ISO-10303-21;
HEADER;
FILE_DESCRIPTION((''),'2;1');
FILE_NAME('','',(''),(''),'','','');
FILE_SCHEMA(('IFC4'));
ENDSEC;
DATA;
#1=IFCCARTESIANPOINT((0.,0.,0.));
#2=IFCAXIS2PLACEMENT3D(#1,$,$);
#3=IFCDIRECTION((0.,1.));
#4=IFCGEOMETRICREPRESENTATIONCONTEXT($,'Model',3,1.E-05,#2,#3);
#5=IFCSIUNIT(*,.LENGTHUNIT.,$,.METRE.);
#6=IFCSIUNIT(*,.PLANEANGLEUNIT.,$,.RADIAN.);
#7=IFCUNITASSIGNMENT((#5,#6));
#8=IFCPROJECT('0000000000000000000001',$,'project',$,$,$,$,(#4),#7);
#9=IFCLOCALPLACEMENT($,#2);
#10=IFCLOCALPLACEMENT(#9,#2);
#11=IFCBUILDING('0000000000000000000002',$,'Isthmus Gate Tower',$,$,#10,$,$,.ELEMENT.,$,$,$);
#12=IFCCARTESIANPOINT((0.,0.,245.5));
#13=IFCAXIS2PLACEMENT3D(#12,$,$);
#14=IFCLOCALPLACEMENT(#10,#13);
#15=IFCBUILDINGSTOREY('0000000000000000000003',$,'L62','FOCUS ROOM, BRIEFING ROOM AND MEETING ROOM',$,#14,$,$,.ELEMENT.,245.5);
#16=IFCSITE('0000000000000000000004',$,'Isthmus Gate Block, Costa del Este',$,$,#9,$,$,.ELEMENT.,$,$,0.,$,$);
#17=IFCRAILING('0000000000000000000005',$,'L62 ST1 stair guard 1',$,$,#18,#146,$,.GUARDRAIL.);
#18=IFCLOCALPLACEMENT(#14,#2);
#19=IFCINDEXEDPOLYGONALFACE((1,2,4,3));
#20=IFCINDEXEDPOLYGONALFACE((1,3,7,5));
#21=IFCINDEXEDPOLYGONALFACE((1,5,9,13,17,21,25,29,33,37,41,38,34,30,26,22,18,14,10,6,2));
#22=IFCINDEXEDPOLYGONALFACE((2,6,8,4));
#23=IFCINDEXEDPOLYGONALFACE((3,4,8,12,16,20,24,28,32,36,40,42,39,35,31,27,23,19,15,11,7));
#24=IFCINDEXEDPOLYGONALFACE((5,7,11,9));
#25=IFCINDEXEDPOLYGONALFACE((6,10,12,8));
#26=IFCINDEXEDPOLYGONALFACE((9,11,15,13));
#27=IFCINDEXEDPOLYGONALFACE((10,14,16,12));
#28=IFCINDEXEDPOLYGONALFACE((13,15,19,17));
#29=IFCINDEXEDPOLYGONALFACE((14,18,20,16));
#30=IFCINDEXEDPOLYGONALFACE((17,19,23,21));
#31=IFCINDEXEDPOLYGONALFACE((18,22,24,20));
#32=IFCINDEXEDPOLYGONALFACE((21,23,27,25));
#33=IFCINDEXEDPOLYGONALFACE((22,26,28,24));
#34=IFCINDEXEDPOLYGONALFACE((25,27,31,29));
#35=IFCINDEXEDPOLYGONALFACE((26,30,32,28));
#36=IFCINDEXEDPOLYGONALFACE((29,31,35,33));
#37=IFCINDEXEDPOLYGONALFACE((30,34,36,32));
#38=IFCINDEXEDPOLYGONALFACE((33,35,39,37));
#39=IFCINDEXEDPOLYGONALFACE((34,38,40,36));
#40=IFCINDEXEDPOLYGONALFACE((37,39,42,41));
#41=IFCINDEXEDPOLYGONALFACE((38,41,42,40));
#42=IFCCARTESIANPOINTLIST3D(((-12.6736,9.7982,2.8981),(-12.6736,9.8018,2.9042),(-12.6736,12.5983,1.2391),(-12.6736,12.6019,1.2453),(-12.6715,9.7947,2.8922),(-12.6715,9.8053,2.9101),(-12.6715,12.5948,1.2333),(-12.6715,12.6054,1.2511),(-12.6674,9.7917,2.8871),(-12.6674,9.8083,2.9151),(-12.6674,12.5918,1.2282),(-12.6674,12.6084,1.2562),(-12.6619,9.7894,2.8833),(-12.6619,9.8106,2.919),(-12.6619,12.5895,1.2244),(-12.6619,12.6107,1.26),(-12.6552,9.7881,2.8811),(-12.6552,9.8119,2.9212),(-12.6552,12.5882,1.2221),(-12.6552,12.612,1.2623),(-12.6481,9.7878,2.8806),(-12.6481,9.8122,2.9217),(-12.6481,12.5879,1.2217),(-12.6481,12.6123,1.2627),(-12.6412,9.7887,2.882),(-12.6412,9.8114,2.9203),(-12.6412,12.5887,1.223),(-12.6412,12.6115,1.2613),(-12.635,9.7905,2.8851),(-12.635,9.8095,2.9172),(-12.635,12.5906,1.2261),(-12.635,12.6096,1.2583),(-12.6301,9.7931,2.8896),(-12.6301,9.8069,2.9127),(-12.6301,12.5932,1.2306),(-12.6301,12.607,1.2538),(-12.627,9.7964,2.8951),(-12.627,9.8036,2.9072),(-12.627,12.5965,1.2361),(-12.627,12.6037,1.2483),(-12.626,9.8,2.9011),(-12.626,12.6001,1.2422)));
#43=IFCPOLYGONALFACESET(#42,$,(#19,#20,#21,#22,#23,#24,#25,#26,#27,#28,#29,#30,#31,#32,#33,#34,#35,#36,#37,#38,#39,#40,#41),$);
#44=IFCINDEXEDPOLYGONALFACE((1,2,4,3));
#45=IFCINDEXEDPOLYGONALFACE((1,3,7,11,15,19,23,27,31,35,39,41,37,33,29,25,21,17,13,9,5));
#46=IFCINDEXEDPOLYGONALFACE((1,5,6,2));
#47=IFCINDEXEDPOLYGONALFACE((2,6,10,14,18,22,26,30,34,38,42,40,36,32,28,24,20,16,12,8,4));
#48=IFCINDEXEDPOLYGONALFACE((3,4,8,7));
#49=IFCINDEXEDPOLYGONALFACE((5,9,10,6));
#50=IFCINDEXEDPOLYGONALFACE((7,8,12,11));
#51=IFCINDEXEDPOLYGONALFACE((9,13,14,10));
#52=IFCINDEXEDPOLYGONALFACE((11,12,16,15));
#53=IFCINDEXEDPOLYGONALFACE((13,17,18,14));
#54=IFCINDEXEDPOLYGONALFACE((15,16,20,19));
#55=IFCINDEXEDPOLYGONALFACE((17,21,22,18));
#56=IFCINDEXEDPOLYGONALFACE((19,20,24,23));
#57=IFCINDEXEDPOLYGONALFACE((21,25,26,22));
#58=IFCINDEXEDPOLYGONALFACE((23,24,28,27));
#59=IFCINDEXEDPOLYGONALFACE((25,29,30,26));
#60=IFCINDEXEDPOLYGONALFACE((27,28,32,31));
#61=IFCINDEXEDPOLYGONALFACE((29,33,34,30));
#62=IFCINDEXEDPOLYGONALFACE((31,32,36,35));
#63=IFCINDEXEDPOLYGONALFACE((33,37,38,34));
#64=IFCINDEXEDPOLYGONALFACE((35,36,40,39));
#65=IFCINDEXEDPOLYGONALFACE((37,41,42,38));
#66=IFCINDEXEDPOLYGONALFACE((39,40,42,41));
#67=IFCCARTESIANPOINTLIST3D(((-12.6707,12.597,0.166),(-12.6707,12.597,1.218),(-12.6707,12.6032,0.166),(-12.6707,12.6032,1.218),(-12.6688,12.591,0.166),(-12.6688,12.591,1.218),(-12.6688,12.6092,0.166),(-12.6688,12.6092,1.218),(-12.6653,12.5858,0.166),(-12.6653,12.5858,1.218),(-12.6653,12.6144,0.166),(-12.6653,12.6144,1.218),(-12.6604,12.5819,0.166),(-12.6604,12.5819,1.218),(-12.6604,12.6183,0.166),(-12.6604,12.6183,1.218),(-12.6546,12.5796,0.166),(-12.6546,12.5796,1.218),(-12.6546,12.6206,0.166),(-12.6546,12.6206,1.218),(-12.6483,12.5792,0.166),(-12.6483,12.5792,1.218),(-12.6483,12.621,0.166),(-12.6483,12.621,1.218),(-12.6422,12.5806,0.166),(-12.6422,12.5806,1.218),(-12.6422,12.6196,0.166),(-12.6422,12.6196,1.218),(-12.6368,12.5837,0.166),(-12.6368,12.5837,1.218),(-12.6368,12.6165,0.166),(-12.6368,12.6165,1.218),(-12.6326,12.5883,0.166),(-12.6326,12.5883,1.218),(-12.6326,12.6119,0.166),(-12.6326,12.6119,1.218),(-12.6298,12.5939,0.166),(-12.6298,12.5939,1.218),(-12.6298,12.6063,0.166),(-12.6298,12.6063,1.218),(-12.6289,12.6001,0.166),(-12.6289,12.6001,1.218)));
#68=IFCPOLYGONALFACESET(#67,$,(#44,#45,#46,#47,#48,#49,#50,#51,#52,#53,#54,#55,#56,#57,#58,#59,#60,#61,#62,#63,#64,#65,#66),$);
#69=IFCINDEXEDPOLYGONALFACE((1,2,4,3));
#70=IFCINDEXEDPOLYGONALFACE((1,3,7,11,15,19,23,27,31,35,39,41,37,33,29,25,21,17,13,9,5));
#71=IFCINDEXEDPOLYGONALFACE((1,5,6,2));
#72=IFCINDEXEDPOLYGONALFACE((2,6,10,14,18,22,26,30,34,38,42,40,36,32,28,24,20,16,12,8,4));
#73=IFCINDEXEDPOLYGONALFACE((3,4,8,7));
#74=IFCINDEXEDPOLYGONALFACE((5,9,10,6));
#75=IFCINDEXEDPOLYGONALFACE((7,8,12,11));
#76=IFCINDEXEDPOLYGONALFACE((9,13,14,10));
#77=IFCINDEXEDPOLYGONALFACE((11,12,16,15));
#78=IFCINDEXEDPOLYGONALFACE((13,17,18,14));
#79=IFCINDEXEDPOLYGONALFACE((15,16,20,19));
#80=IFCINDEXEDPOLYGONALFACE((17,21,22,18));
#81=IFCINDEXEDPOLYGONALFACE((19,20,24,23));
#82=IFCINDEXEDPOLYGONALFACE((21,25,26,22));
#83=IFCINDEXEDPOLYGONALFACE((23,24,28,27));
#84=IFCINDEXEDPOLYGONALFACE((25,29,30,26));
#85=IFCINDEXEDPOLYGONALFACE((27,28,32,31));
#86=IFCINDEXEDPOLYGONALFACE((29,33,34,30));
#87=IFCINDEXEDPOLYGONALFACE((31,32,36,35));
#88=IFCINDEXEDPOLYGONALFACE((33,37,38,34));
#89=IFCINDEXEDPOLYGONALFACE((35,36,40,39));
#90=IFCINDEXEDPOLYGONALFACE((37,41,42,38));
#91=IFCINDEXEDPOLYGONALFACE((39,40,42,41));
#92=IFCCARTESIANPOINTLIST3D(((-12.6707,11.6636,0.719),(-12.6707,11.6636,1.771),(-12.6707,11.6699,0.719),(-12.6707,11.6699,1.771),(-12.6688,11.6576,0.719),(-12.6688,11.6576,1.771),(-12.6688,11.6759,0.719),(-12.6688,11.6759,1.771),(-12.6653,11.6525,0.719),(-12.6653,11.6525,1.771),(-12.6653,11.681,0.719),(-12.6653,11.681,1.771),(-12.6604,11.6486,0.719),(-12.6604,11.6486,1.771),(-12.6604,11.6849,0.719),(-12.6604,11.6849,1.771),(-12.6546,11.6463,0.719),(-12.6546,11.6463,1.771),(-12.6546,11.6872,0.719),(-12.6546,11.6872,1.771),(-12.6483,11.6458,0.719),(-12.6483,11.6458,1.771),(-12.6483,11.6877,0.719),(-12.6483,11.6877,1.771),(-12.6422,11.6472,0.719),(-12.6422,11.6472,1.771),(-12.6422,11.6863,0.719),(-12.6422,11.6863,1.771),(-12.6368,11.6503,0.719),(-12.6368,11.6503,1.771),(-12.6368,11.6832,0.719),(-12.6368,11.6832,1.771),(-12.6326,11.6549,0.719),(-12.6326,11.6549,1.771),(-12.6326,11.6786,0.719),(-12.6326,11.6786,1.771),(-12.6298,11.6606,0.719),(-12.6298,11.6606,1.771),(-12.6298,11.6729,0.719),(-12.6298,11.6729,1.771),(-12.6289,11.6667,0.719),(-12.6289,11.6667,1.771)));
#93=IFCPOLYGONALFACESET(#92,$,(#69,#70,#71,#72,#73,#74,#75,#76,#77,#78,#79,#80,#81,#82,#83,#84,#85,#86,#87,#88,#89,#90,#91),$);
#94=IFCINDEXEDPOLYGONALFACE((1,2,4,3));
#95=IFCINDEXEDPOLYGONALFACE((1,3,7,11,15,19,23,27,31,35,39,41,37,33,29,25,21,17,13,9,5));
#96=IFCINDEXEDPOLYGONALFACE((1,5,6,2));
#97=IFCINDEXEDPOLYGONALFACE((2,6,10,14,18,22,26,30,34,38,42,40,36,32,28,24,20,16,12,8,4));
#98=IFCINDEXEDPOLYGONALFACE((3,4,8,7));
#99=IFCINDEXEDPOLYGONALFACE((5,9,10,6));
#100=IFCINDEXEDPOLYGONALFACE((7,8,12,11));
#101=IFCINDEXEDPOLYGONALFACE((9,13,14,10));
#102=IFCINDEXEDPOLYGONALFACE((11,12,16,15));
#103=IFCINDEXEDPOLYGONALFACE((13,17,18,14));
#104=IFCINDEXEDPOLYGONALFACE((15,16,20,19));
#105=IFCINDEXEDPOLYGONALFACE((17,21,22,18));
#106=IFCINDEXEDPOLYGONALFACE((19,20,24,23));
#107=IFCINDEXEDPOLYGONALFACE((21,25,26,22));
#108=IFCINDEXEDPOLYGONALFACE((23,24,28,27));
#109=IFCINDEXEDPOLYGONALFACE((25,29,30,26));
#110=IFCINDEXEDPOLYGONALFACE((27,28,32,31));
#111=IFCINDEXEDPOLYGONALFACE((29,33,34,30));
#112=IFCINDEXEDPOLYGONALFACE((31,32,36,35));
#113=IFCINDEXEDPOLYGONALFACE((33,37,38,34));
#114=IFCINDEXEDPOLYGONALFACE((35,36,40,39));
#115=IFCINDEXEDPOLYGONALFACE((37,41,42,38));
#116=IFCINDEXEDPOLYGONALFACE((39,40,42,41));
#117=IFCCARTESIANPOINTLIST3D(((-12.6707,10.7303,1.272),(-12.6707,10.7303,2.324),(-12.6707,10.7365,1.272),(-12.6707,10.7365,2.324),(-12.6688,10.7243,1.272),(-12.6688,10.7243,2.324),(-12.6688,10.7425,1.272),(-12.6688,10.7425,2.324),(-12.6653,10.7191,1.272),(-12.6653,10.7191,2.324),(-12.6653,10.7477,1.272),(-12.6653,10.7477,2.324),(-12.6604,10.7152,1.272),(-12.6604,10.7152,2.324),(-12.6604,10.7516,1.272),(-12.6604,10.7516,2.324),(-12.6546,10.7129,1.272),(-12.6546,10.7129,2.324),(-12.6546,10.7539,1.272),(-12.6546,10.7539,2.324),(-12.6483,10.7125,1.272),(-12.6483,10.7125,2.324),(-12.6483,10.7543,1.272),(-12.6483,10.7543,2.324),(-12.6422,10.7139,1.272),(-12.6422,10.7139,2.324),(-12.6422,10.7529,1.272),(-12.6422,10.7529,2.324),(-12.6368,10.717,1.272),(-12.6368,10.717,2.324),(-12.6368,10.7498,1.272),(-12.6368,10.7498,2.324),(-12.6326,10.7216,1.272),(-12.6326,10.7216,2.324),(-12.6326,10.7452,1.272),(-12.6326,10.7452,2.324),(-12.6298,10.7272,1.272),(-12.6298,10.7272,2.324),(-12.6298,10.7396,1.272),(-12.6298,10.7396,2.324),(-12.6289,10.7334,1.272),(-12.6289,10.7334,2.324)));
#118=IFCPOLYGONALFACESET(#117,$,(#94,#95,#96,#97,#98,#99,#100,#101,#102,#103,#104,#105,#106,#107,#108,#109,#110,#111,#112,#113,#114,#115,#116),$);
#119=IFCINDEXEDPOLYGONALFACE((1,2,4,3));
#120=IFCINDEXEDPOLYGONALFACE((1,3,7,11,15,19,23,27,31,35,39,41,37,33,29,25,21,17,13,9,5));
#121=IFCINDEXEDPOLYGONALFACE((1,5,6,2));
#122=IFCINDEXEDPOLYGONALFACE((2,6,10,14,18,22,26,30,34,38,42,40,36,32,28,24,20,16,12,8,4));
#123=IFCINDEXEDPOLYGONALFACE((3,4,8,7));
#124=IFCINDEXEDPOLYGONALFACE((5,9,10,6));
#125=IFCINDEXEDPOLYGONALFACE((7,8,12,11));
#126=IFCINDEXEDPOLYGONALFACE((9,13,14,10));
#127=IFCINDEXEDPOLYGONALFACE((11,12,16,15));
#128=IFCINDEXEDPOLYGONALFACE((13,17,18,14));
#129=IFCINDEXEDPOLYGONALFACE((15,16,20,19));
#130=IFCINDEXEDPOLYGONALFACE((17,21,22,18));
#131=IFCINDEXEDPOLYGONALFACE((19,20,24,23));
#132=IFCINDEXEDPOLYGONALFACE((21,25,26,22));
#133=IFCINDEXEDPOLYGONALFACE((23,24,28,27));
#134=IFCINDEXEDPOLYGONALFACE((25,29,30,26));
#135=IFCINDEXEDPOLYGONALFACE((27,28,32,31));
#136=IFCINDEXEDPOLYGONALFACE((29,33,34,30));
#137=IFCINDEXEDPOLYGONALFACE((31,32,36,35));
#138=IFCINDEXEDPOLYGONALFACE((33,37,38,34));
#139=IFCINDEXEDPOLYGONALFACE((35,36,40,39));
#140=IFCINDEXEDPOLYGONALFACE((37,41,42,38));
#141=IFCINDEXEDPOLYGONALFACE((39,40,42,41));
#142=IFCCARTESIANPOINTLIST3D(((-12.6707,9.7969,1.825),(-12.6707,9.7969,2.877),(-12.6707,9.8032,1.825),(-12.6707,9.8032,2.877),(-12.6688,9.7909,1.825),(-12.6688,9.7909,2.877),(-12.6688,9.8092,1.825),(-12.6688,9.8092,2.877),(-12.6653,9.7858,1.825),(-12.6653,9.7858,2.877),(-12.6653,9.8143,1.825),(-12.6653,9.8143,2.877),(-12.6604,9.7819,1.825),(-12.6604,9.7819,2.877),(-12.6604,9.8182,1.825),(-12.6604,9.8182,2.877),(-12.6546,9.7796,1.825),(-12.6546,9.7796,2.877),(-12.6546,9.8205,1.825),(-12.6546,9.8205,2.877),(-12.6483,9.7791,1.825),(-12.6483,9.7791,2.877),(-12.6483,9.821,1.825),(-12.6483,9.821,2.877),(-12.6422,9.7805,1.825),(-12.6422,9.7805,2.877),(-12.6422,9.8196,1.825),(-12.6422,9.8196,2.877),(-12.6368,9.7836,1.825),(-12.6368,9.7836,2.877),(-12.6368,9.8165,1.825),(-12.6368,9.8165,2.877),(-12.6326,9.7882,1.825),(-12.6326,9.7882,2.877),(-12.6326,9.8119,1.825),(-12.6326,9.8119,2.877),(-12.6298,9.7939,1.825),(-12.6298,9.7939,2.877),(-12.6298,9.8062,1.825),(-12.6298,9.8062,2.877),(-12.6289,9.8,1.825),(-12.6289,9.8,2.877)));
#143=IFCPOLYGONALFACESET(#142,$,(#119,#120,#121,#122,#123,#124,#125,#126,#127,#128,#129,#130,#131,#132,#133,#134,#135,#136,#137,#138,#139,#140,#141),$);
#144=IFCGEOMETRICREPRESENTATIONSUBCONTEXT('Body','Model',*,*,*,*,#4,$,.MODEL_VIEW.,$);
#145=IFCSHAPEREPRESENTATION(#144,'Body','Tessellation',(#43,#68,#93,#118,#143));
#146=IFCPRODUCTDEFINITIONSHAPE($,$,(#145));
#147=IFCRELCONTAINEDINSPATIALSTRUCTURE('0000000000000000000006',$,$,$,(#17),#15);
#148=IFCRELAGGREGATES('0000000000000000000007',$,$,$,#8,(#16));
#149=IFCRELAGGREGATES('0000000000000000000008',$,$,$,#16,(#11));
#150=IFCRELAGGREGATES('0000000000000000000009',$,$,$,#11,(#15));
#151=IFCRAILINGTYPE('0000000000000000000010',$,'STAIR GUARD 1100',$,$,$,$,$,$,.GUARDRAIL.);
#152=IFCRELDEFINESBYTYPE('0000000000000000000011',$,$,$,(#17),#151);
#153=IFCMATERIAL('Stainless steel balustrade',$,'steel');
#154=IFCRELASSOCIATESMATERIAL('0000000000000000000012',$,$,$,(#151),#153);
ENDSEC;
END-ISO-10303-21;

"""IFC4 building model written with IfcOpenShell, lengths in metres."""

from ifc_helpers import new_model, si_unit, direction, frame, origin, origin_2d, place, context, subcontext, project, spatial, circle, extrude, material, type_object, element, save


model = new_model("IFC4")

# Units and contexts
model_context = context("Model", 3, precision=1e-05, world=origin(), true_north=direction((0.0, 1.0)))
body_context = subcontext(model_context, "Body", "Model", "MODEL_VIEW")
ifc_project = project(units=[si_unit("LENGTHUNIT", "METRE"), si_unit("PLANEANGLEUNIT", "RADIAN")], contexts=[model_context])

# Site, building, storey
site_placement = place(None, origin())
site = spatial("IfcSite", under=ifc_project, at=site_placement, Name="Isthmus Gate Block, Costa del Este", CompositionType="ELEMENT", RefElevation=0.0)
building_placement = place(site_placement, origin())
building = spatial("IfcBuilding", under=site, at=building_placement, Name="Isthmus Gate Tower", CompositionType="ELEMENT")
storey_placement = place(building_placement, frame((0.0, 0.0, 245.5)))
storey = spatial("IfcBuildingStorey", under=building, at=storey_placement, Name="L62", Description="FOCUS ROOM, BRIEFING ROOM AND MEETING ROOM", CompositionType="ELEMENT", Elevation=245.5)

# Railing
ifc_material_1 = material(Name="Stainless steel balustrade", Category="steel")
railing_type_1 = type_object("IfcRailingType", Name="STAIR GUARD 1100", PredefinedType="GUARDRAIL", material=ifc_material_1)
railing_1_placement = place(storey_placement, frame((-12.6499, 12.6001, 0.166)))
element("IfcRailing", 1, at=railing_1_placement, inside=storey, type_object=railing_type_1, Name="L62 ST1 stair guard 1", PredefinedType="GUARDRAIL", context=body_context, shape_type="SweptSolid", body=[
    extrude(circle(Radius=0.0239, at=origin_2d()), frame((0.0, 0.0, 1.0762), z_axis=(0.0, -0.860339, 0.509722), x_axis=(1.0, 0.0, 0.0)), (0.0, 0.0, 1.0), 3.2546),
    extrude(circle(Radius=0.021, at=origin_2d()), origin(), (0.0, 0.0, 1.0), 1.052),
    extrude(circle(Radius=0.021, at=origin_2d()), frame((0.0, -0.9333, 0.553)), (0.0, 0.0, 1.0), 1.052),
    extrude(circle(Radius=0.021, at=origin_2d()), frame((0.0, -1.8667, 1.106)), (0.0, 0.0, 1.0), 1.052),
    extrude(circle(Radius=0.021, at=origin_2d()), frame((0.0, -2.8, 1.6589)), (0.0, 0.0, 1.0), 1.052),
])

save(model, "model.ifc")
